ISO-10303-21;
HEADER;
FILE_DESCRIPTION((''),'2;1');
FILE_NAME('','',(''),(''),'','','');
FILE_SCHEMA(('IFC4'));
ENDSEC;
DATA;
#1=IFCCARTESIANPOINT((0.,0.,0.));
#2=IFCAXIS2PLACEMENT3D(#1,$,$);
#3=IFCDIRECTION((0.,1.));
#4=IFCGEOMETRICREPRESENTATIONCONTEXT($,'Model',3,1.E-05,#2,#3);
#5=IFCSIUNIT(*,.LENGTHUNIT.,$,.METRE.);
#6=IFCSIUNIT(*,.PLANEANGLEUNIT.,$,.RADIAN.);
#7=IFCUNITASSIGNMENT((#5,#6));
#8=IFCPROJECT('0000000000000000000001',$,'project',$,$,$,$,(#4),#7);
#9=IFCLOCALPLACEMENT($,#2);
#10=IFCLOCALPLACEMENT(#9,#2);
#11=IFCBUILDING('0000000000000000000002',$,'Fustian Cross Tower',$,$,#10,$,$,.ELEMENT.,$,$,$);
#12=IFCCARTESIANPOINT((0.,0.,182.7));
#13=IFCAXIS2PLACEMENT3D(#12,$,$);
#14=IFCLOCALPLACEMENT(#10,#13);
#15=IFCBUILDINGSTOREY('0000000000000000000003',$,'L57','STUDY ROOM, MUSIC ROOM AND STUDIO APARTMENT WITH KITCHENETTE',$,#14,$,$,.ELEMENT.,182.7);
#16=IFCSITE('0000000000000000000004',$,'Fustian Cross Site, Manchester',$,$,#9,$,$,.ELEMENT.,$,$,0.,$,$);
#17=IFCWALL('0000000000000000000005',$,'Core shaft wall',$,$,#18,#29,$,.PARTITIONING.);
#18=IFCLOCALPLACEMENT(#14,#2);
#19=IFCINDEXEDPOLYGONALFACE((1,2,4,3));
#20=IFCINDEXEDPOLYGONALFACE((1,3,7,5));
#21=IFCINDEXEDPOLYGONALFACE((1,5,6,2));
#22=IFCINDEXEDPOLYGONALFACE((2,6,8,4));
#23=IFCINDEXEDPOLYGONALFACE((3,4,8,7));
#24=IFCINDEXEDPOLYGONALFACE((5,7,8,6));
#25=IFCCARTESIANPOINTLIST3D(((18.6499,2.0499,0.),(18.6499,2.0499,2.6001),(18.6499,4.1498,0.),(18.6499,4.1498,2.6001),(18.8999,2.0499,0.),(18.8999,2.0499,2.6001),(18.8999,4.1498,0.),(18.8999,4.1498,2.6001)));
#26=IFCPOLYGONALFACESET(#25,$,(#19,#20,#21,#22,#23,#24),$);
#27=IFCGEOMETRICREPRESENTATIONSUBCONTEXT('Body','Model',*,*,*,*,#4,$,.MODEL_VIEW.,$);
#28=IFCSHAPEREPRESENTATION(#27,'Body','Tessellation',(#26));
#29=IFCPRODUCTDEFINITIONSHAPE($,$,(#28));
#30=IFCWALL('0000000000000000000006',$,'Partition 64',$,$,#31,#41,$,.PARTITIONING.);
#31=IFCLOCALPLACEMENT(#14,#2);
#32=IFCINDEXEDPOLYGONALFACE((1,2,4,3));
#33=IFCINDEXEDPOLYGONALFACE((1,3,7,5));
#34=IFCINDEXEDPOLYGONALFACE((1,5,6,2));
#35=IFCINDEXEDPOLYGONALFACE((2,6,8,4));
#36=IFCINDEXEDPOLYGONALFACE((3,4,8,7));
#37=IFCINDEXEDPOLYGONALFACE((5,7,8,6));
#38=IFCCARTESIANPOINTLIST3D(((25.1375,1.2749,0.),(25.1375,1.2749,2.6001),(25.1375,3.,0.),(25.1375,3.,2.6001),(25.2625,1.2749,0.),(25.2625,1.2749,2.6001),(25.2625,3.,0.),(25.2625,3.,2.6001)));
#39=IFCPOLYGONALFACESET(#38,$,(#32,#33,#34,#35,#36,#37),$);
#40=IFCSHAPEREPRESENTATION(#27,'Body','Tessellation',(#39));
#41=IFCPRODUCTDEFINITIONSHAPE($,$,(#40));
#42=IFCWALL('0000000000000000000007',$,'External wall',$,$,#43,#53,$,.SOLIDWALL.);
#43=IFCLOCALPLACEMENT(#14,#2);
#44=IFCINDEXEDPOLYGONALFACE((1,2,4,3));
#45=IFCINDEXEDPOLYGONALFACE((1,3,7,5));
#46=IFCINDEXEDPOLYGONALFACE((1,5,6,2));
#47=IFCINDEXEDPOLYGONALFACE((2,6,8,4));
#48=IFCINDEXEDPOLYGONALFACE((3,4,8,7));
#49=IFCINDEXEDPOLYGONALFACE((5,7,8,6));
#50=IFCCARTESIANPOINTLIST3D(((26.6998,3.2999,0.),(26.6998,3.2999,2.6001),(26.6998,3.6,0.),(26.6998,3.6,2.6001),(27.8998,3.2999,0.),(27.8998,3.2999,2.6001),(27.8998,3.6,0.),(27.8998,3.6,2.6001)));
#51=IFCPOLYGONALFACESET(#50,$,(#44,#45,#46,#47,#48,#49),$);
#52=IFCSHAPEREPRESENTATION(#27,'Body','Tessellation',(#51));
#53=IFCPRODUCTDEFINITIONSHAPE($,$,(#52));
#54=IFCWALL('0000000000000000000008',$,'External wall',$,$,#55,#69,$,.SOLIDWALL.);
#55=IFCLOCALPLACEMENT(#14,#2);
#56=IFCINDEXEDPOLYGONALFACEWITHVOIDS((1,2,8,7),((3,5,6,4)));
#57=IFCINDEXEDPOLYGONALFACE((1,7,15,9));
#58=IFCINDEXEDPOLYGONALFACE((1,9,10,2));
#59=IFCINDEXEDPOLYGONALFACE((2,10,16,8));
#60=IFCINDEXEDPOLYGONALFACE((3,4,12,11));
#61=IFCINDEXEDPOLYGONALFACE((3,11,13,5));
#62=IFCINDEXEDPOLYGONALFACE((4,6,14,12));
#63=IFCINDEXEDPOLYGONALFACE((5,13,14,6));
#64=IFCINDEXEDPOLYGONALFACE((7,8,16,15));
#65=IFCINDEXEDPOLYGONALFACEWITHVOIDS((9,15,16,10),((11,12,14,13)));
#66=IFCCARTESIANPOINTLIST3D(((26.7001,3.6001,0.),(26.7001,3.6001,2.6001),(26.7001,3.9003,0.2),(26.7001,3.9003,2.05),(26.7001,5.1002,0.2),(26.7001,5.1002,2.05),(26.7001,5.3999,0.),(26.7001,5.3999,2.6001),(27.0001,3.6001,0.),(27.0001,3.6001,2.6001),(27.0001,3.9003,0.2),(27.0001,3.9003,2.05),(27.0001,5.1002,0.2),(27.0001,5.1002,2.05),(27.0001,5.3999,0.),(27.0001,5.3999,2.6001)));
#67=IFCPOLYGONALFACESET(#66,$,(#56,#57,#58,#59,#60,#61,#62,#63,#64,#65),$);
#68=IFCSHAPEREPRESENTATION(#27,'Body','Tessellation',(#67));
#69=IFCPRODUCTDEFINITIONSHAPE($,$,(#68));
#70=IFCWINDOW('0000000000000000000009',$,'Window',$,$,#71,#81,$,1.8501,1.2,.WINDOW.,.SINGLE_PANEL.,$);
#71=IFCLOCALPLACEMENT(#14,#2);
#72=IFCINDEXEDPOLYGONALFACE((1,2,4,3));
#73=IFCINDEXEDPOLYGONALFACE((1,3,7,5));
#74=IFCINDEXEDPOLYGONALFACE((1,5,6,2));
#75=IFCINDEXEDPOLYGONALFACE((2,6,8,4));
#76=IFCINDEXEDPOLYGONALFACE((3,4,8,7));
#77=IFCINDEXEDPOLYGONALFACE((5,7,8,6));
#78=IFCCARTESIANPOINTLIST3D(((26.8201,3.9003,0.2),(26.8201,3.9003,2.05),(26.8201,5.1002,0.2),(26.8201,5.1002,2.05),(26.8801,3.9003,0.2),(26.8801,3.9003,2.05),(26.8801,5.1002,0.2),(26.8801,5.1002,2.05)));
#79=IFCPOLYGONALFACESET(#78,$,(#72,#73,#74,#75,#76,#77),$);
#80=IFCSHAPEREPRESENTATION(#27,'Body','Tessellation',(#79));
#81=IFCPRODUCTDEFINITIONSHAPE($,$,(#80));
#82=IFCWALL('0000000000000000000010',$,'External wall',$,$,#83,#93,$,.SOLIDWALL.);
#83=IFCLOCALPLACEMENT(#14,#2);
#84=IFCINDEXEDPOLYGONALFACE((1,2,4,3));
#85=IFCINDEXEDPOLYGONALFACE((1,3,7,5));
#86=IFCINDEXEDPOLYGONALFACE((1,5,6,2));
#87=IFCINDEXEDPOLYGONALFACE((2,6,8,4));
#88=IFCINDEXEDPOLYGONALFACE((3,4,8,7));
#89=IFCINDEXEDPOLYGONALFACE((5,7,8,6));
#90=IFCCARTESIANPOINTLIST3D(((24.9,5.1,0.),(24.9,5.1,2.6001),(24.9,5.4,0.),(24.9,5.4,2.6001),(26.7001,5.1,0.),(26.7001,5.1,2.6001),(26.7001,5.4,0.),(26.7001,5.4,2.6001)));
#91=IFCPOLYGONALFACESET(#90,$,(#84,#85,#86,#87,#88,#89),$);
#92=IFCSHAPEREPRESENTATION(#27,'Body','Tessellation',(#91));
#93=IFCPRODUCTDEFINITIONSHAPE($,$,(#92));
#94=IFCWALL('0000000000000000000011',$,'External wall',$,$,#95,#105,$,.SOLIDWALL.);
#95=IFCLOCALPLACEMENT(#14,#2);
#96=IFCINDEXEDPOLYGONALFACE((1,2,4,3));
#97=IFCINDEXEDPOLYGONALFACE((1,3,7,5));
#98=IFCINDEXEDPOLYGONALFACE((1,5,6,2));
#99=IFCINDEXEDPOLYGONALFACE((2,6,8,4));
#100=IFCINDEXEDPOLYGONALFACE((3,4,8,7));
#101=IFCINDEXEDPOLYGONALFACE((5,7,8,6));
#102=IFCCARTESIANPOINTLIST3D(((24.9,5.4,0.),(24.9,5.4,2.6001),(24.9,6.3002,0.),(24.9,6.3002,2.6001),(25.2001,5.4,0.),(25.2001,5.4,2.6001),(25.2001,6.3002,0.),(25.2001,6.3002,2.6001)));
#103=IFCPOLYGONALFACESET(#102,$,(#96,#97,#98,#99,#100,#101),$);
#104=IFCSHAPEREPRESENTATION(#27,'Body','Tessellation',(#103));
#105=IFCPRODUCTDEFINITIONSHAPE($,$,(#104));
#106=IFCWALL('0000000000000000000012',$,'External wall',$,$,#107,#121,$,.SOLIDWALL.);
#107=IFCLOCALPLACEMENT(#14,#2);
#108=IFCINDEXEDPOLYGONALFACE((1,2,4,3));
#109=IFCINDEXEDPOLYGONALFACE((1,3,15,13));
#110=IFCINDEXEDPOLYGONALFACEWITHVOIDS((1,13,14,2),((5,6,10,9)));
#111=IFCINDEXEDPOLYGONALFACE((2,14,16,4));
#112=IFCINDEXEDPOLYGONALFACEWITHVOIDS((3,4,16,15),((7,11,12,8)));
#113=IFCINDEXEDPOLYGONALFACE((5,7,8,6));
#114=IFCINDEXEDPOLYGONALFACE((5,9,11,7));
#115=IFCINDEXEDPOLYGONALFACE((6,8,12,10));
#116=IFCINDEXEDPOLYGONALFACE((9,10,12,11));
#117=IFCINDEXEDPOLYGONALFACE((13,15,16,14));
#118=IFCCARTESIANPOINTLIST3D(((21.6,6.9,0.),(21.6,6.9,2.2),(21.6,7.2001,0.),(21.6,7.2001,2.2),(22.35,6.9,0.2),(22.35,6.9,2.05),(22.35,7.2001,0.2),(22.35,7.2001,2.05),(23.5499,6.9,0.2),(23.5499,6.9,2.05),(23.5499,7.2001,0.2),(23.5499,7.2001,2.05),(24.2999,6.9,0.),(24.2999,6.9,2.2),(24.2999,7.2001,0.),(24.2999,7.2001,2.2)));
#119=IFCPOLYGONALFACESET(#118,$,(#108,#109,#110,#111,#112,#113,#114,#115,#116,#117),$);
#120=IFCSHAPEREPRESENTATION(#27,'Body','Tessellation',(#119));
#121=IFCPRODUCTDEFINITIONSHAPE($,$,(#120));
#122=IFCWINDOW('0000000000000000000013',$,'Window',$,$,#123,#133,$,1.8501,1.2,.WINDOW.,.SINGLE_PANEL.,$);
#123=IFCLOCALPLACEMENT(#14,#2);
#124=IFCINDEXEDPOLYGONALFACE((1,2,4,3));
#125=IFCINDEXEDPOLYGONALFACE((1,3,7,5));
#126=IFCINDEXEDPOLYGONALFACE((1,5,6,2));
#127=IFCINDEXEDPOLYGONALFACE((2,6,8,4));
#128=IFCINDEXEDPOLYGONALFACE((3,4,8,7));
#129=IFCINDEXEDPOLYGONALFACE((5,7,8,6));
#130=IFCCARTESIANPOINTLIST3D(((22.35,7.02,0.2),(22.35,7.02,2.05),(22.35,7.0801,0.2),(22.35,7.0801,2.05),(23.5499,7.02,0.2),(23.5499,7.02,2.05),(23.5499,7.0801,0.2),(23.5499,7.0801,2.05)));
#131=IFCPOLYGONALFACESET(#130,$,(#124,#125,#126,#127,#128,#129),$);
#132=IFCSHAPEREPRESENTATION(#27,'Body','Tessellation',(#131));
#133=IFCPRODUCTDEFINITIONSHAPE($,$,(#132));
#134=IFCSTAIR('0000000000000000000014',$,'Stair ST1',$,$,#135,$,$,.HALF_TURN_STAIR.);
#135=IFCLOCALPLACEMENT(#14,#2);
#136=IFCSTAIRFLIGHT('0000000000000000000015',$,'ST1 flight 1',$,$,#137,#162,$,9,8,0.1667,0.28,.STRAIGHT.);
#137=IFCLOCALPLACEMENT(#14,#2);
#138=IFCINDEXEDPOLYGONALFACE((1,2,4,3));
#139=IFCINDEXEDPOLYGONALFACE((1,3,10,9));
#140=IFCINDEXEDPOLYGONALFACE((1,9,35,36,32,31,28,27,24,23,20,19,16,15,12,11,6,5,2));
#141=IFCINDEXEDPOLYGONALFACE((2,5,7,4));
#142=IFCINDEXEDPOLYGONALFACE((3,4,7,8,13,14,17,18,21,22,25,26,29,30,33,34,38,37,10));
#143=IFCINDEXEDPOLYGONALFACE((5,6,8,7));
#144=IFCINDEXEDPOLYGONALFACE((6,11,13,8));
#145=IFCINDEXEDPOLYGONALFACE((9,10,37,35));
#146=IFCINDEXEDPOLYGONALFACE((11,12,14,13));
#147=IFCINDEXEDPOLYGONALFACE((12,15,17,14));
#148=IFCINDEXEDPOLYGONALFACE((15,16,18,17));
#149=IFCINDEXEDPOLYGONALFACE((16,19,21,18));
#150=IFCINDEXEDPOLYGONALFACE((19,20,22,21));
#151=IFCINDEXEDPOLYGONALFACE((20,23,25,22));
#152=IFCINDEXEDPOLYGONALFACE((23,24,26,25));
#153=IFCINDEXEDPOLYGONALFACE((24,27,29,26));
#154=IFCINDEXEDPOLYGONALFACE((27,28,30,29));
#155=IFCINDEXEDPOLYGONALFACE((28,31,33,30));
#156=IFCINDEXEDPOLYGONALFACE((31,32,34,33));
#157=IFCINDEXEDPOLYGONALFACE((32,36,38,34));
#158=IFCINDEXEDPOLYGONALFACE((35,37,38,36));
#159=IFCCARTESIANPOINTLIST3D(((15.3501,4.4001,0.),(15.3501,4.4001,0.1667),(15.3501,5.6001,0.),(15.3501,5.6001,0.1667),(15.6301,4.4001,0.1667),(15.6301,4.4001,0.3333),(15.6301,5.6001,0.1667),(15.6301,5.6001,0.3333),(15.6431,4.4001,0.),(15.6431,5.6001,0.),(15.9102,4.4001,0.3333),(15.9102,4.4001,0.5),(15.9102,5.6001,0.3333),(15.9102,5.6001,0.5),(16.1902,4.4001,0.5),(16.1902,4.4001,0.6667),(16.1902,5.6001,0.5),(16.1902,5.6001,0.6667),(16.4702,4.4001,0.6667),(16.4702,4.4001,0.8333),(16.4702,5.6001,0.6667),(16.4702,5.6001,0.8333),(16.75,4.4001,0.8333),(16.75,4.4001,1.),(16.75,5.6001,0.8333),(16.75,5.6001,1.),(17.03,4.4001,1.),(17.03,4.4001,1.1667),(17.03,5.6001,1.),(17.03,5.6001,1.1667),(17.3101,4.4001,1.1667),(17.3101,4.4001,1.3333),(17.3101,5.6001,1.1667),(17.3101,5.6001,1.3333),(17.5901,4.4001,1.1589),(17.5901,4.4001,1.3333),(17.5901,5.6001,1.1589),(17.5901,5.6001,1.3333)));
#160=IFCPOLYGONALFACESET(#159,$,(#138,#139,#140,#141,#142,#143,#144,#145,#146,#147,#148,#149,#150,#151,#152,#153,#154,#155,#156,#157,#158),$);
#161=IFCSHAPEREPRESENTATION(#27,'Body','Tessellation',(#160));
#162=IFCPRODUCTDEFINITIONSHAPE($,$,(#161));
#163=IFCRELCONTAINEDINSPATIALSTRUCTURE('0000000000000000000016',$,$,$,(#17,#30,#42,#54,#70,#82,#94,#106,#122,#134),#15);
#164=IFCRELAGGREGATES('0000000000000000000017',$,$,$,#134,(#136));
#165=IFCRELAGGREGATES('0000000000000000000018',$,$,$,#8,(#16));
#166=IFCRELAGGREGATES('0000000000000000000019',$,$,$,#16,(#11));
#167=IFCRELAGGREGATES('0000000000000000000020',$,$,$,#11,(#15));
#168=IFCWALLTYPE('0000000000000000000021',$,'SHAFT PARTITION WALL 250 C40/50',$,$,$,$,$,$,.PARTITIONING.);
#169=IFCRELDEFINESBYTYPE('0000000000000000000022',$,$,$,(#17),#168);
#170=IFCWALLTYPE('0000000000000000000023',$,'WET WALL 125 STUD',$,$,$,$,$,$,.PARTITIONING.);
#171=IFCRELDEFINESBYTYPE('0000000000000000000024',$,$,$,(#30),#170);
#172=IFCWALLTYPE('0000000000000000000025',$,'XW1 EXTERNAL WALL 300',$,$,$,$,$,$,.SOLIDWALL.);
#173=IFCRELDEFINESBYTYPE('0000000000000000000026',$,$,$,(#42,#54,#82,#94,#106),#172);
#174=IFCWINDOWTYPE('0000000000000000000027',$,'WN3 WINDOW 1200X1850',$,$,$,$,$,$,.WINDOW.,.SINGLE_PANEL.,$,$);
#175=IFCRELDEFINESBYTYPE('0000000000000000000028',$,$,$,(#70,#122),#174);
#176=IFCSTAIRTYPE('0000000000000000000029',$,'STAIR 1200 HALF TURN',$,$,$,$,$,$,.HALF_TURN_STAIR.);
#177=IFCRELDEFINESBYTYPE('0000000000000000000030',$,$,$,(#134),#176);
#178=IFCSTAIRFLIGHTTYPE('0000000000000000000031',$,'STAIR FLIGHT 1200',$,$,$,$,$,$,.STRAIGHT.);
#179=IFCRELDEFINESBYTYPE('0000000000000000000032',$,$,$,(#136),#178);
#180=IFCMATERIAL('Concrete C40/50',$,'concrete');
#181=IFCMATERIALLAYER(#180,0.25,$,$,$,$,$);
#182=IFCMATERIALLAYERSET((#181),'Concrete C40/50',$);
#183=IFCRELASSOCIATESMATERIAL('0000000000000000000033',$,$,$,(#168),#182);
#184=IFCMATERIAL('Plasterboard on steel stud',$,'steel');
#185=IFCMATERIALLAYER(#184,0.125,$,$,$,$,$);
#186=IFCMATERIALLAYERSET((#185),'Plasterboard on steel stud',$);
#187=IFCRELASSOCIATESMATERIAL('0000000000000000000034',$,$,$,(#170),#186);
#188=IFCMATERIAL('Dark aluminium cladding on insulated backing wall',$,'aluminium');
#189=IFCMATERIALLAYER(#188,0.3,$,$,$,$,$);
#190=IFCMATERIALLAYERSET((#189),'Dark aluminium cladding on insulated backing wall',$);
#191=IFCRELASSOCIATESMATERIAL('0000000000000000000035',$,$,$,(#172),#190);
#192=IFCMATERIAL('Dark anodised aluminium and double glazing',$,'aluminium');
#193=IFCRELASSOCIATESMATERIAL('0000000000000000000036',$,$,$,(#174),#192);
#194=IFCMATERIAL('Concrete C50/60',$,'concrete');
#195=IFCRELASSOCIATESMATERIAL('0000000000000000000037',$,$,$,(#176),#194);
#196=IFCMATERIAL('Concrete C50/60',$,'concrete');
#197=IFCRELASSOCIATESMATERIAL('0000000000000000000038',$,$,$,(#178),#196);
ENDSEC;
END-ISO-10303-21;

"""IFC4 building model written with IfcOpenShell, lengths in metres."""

from ifc_helpers import new_model, si_unit, direction, frame, frame_2d, origin, place, context, subcontext, project, spatial, polyline, rectangle, outline, extrude, material, layer, layer_set, type_object, element, fill, aggregate, save


model = new_model("IFC4")

# Units and contexts
model_context = context("Model", 3, precision=1e-05, world=origin(), true_north=direction((0.0, 1.0)))
body_context = subcontext(model_context, "Body", "Model", "MODEL_VIEW")
ifc_project = project(units=[si_unit("LENGTHUNIT", "METRE"), si_unit("PLANEANGLEUNIT", "RADIAN")], contexts=[model_context])

# Site, building, storey
site_placement = place(None, origin())
site = spatial("IfcSite", under=ifc_project, at=site_placement, Name="Fustian Cross Site, Manchester", CompositionType="ELEMENT", RefElevation=0.0)
building_placement = place(site_placement, origin())
building = spatial("IfcBuilding", under=site, at=building_placement, Name="Fustian Cross Tower", CompositionType="ELEMENT")
storey_placement = place(building_placement, frame((0.0, 0.0, 182.7)))
storey = spatial("IfcBuildingStorey", under=building, at=storey_placement, Name="L57", Description="STUDY ROOM, MUSIC ROOM AND STUDIO APARTMENT WITH KITCHENETTE", CompositionType="ELEMENT", Elevation=182.7)

# Walls
ifc_material_1 = material(Name="Concrete C40/50", Category="concrete")
ifc_layer_1 = layer(ifc_material_1, 0.25)
ifc_layer_set_1 = layer_set([ifc_layer_1], Name="Concrete C40/50")
wall_type_1 = type_object("IfcWallType", Name="SHAFT PARTITION WALL 250 C40/50", PredefinedType="PARTITIONING", material=ifc_layer_set_1)
wall_1_placement = place(storey_placement, frame((18.7749, 2.05, 0.0), z_axis=(0.0, 0.0, 1.0), x_axis=(0.0, 1.0, 0.0)))
element("IfcWall", 1, at=wall_1_placement, inside=storey, type_object=wall_type_1, Name="Core shaft wall", PredefinedType="PARTITIONING", context=body_context, shape_type="SweptSolid", body=[
    extrude(rectangle(XDim=2.0999, YDim=0.25, at=frame_2d((1.0498, 0.0))), origin(), (0.0, 0.0, 1.0), 2.6001),
])
ifc_material_2 = material(Name="Plasterboard on steel stud", Category="steel")
ifc_layer_2 = layer(ifc_material_2, 0.125)
ifc_layer_set_2 = layer_set([ifc_layer_2], Name="Plasterboard on steel stud")
wall_type_2 = type_object("IfcWallType", Name="WET WALL 125 STUD", PredefinedType="PARTITIONING", material=ifc_layer_set_2)
wall_2_placement = place(storey_placement, frame((25.2, 1.2749, 0.0), z_axis=(0.0, 0.0, 1.0), x_axis=(0.0, 1.0, 0.0)))
element("IfcWall", 2, at=wall_2_placement, inside=storey, type_object=wall_type_2, Name="Partition 64", PredefinedType="PARTITIONING", context=body_context, shape_type="SweptSolid", body=[
    extrude(rectangle(XDim=1.7251, YDim=0.125, at=frame_2d((0.8625, 0.0))), origin(), (0.0, 0.0, 1.0), 2.6001),
])
ifc_material_3 = material(Name="Dark aluminium cladding on insulated backing wall", Category="aluminium")
ifc_layer_3 = layer(ifc_material_3, 0.3)
ifc_layer_set_3 = layer_set([ifc_layer_3], Name="Dark aluminium cladding on insulated backing wall")
wall_type_3 = type_object("IfcWallType", Name="XW1 EXTERNAL WALL 300", PredefinedType="SOLIDWALL", material=ifc_layer_set_3)
wall_3_placement = place(storey_placement, frame((27.8999, 3.45, 0.0), z_axis=(0.0, 0.0, 1.0), x_axis=(-1.0, 0.0, 0.0)))
element("IfcWall", 3, at=wall_3_placement, inside=storey, type_object=wall_type_3, Name="External wall", PredefinedType="SOLIDWALL", context=body_context, shape_type="SweptSolid", body=[
    extrude(rectangle(XDim=1.2, YDim=0.3, at=frame_2d((0.6001, 0.0))), origin(), (0.0, 0.0, 1.0), 2.6001),
])

# Wall, opening, window
wall_4_placement = place(storey_placement, frame((26.8501, 3.6001, 0.0), z_axis=(0.0, 0.0, 1.0), x_axis=(0.0, 1.0, 0.0)))
wall_4 = element("IfcWall", 4, at=wall_4_placement, inside=storey, type_object=wall_type_3, Name="External wall", PredefinedType="SOLIDWALL", context=body_context, shape_type="SweptSolid", body=[
    extrude(rectangle(XDim=1.7998, YDim=0.3, at=frame_2d((0.8999, 0.0))), origin(), (0.0, 0.0, 1.0), 2.6001),
])
opening_1_placement = place(wall_4_placement, frame((0.3, 0.0, 0.2)))
opening_1 = element("IfcOpeningElement", 5, at=opening_1_placement, cuts=wall_4, PredefinedType="OPENING", context=body_context, shape_type="SweptSolid", body=[
    extrude(rectangle(XDim=1.2, YDim=1.8501, at=frame_2d((0.6001, 0.925))), frame((0.0, 0.1599, 0.0), z_axis=(0.0, -1.0, 0.0), x_axis=(1.0, 0.0, 0.0)), (0.0, 0.0, 1.0), 0.3201),
])
ifc_material_4 = material(Name="Dark anodised aluminium and double glazing", Category="aluminium")
window_type = type_object("IfcWindowType", Name="WN3 WINDOW 1200X1850", PartitioningType="SINGLE_PANEL", PredefinedType="WINDOW", material=ifc_material_4)
window_1_placement = place(opening_1_placement, origin())
window_1 = element("IfcWindow", 6, at=window_1_placement, inside=storey, type_object=window_type, Name="Window", OverallHeight=1.8501, OverallWidth=1.2, PartitioningType="SINGLE_PANEL", PredefinedType="WINDOW", context=body_context, shape_type="SweptSolid", body=[
    extrude(rectangle(XDim=1.2, YDim=1.8501, at=frame_2d((0.6001, 0.925))), frame((0.0, 0.03, 0.0), z_axis=(0.0, -1.0, 0.0), x_axis=(1.0, 0.0, 0.0)), (0.0, 0.0, 1.0), 0.0601),
])
fill(opening_1, window_1)

# Walls
wall_5_placement = place(storey_placement, frame((26.7, 5.25, 0.0), z_axis=(0.0, 0.0, 1.0), x_axis=(-1.0, 0.0, 0.0)))
element("IfcWall", 7, at=wall_5_placement, inside=storey, type_object=wall_type_3, Name="External wall", PredefinedType="SOLIDWALL", context=body_context, shape_type="SweptSolid", body=[
    extrude(rectangle(XDim=1.8, YDim=0.3, at=frame_2d((0.8999, 0.0))), origin(), (0.0, 0.0, 1.0), 2.6001),
])
wall_6_placement = place(storey_placement, frame((25.05, 5.3999, 0.0), z_axis=(0.0, 0.0, 1.0), x_axis=(0.0, 1.0, 0.0)))
element("IfcWall", 8, at=wall_6_placement, inside=storey, type_object=wall_type_3, Name="External wall", PredefinedType="SOLIDWALL", context=body_context, shape_type="SweptSolid", body=[
    extrude(rectangle(XDim=0.9001, YDim=0.3, at=frame_2d((0.4502, 0.0))), origin(), (0.0, 0.0, 1.0), 2.6001),
])

# Wall, opening, window
wall_7_placement = place(storey_placement, frame((24.3, 7.05, 0.0), z_axis=(0.0, 0.0, 1.0), x_axis=(-1.0, 0.0, 0.0)))
wall_7 = element("IfcWall", 9, at=wall_7_placement, inside=storey, type_object=wall_type_3, Name="External wall", PredefinedType="SOLIDWALL", context=body_context, shape_type="SweptSolid", body=[
    extrude(rectangle(XDim=2.7, YDim=0.3, at=frame_2d((1.3501, 0.0))), origin(), (0.0, 0.0, 1.0), 2.2),
])
opening_2_placement = place(wall_7_placement, frame((0.75, 0.0, 0.2)))
opening_2 = element("IfcOpeningElement", 10, at=opening_2_placement, cuts=wall_7, PredefinedType="OPENING", context=body_context, shape_type="SweptSolid", body=[
    extrude(rectangle(XDim=1.2, YDim=1.8501, at=frame_2d((0.6001, 0.925))), frame((0.0, 0.1599, 0.0), z_axis=(0.0, -1.0, 0.0), x_axis=(1.0, 0.0, 0.0)), (0.0, 0.0, 1.0), 0.3201),
])
window_2_placement = place(opening_2_placement, origin())
window_2 = element("IfcWindow", 11, at=window_2_placement, inside=storey, type_object=window_type, Name="Window", OverallHeight=1.8501, OverallWidth=1.2, PartitioningType="SINGLE_PANEL", PredefinedType="WINDOW", context=body_context, shape_type="SweptSolid", body=[
    extrude(rectangle(XDim=1.2, YDim=1.8501, at=frame_2d((0.6001, 0.925))), frame((0.0, 0.03, 0.0), z_axis=(0.0, -1.0, 0.0), x_axis=(1.0, 0.0, 0.0)), (0.0, 0.0, 1.0), 0.0601),
])
fill(opening_2, window_2)

# Stair, stair flight
ifc_material_5 = material(Name="Concrete C50/60", Category="concrete")
stair_type = type_object("IfcStairType", Name="STAIR 1200 HALF TURN", PredefinedType="HALF_TURN_STAIR", material=ifc_material_5)
stair_placement = place(storey_placement, origin())
stair = element("IfcStair", 12, at=stair_placement, inside=storey, type_object=stair_type, Name="Stair ST1", PredefinedType="HALF_TURN_STAIR")
ifc_material_6 = material(Name="Concrete C50/60", Category="concrete")
stair_flight_type = type_object("IfcStairFlightType", Name="STAIR FLIGHT 1200", PredefinedType="STRAIGHT", material=ifc_material_6)
stair_flight_1_placement = place(storey_placement, frame((15.3501, 5.0, 0.0), z_axis=(0.0, 0.0, 1.0), x_axis=(1.0, 0.0, 0.0)))
stair_flight_1 = element("IfcStairFlight", 13, at=stair_flight_1_placement, type_object=stair_flight_type, Name="ST1 flight 1", NumberOfRisers=9, NumberOfTreads=8, PredefinedType="STRAIGHT", RiserHeight=0.1667, TreadLength=0.28, context=body_context, shape_type="SweptSolid", body=[
    extrude(outline(polyline([(0.0, 0.0), (0.0, 0.1667), (0.28, 0.1667), (0.28, 0.3333), (0.5601, 0.3333), (0.5601, 0.5), (0.8401, 0.5), (0.8401, 0.6667), (1.1201, 0.6667), (1.1201, 0.8333), (1.3999, 0.8333), (1.3999, 1.0), (1.6799, 1.0), (1.6799, 1.1667), (1.96, 1.1667), (1.96, 1.3333), (2.24, 1.3333), (2.24, 1.5), (2.24, 1.1589), (0.293, 0.0), (0.0, 0.0)])), frame((0.0, 0.6001, 0.0), z_axis=(0.0, -1.0, 0.0), x_axis=(1.0, 0.0, 0.0)), (0.0, 0.0, 1.0), 1.2),
])
aggregate(stair, [stair_flight_1])

save(model, "model.ifc")
